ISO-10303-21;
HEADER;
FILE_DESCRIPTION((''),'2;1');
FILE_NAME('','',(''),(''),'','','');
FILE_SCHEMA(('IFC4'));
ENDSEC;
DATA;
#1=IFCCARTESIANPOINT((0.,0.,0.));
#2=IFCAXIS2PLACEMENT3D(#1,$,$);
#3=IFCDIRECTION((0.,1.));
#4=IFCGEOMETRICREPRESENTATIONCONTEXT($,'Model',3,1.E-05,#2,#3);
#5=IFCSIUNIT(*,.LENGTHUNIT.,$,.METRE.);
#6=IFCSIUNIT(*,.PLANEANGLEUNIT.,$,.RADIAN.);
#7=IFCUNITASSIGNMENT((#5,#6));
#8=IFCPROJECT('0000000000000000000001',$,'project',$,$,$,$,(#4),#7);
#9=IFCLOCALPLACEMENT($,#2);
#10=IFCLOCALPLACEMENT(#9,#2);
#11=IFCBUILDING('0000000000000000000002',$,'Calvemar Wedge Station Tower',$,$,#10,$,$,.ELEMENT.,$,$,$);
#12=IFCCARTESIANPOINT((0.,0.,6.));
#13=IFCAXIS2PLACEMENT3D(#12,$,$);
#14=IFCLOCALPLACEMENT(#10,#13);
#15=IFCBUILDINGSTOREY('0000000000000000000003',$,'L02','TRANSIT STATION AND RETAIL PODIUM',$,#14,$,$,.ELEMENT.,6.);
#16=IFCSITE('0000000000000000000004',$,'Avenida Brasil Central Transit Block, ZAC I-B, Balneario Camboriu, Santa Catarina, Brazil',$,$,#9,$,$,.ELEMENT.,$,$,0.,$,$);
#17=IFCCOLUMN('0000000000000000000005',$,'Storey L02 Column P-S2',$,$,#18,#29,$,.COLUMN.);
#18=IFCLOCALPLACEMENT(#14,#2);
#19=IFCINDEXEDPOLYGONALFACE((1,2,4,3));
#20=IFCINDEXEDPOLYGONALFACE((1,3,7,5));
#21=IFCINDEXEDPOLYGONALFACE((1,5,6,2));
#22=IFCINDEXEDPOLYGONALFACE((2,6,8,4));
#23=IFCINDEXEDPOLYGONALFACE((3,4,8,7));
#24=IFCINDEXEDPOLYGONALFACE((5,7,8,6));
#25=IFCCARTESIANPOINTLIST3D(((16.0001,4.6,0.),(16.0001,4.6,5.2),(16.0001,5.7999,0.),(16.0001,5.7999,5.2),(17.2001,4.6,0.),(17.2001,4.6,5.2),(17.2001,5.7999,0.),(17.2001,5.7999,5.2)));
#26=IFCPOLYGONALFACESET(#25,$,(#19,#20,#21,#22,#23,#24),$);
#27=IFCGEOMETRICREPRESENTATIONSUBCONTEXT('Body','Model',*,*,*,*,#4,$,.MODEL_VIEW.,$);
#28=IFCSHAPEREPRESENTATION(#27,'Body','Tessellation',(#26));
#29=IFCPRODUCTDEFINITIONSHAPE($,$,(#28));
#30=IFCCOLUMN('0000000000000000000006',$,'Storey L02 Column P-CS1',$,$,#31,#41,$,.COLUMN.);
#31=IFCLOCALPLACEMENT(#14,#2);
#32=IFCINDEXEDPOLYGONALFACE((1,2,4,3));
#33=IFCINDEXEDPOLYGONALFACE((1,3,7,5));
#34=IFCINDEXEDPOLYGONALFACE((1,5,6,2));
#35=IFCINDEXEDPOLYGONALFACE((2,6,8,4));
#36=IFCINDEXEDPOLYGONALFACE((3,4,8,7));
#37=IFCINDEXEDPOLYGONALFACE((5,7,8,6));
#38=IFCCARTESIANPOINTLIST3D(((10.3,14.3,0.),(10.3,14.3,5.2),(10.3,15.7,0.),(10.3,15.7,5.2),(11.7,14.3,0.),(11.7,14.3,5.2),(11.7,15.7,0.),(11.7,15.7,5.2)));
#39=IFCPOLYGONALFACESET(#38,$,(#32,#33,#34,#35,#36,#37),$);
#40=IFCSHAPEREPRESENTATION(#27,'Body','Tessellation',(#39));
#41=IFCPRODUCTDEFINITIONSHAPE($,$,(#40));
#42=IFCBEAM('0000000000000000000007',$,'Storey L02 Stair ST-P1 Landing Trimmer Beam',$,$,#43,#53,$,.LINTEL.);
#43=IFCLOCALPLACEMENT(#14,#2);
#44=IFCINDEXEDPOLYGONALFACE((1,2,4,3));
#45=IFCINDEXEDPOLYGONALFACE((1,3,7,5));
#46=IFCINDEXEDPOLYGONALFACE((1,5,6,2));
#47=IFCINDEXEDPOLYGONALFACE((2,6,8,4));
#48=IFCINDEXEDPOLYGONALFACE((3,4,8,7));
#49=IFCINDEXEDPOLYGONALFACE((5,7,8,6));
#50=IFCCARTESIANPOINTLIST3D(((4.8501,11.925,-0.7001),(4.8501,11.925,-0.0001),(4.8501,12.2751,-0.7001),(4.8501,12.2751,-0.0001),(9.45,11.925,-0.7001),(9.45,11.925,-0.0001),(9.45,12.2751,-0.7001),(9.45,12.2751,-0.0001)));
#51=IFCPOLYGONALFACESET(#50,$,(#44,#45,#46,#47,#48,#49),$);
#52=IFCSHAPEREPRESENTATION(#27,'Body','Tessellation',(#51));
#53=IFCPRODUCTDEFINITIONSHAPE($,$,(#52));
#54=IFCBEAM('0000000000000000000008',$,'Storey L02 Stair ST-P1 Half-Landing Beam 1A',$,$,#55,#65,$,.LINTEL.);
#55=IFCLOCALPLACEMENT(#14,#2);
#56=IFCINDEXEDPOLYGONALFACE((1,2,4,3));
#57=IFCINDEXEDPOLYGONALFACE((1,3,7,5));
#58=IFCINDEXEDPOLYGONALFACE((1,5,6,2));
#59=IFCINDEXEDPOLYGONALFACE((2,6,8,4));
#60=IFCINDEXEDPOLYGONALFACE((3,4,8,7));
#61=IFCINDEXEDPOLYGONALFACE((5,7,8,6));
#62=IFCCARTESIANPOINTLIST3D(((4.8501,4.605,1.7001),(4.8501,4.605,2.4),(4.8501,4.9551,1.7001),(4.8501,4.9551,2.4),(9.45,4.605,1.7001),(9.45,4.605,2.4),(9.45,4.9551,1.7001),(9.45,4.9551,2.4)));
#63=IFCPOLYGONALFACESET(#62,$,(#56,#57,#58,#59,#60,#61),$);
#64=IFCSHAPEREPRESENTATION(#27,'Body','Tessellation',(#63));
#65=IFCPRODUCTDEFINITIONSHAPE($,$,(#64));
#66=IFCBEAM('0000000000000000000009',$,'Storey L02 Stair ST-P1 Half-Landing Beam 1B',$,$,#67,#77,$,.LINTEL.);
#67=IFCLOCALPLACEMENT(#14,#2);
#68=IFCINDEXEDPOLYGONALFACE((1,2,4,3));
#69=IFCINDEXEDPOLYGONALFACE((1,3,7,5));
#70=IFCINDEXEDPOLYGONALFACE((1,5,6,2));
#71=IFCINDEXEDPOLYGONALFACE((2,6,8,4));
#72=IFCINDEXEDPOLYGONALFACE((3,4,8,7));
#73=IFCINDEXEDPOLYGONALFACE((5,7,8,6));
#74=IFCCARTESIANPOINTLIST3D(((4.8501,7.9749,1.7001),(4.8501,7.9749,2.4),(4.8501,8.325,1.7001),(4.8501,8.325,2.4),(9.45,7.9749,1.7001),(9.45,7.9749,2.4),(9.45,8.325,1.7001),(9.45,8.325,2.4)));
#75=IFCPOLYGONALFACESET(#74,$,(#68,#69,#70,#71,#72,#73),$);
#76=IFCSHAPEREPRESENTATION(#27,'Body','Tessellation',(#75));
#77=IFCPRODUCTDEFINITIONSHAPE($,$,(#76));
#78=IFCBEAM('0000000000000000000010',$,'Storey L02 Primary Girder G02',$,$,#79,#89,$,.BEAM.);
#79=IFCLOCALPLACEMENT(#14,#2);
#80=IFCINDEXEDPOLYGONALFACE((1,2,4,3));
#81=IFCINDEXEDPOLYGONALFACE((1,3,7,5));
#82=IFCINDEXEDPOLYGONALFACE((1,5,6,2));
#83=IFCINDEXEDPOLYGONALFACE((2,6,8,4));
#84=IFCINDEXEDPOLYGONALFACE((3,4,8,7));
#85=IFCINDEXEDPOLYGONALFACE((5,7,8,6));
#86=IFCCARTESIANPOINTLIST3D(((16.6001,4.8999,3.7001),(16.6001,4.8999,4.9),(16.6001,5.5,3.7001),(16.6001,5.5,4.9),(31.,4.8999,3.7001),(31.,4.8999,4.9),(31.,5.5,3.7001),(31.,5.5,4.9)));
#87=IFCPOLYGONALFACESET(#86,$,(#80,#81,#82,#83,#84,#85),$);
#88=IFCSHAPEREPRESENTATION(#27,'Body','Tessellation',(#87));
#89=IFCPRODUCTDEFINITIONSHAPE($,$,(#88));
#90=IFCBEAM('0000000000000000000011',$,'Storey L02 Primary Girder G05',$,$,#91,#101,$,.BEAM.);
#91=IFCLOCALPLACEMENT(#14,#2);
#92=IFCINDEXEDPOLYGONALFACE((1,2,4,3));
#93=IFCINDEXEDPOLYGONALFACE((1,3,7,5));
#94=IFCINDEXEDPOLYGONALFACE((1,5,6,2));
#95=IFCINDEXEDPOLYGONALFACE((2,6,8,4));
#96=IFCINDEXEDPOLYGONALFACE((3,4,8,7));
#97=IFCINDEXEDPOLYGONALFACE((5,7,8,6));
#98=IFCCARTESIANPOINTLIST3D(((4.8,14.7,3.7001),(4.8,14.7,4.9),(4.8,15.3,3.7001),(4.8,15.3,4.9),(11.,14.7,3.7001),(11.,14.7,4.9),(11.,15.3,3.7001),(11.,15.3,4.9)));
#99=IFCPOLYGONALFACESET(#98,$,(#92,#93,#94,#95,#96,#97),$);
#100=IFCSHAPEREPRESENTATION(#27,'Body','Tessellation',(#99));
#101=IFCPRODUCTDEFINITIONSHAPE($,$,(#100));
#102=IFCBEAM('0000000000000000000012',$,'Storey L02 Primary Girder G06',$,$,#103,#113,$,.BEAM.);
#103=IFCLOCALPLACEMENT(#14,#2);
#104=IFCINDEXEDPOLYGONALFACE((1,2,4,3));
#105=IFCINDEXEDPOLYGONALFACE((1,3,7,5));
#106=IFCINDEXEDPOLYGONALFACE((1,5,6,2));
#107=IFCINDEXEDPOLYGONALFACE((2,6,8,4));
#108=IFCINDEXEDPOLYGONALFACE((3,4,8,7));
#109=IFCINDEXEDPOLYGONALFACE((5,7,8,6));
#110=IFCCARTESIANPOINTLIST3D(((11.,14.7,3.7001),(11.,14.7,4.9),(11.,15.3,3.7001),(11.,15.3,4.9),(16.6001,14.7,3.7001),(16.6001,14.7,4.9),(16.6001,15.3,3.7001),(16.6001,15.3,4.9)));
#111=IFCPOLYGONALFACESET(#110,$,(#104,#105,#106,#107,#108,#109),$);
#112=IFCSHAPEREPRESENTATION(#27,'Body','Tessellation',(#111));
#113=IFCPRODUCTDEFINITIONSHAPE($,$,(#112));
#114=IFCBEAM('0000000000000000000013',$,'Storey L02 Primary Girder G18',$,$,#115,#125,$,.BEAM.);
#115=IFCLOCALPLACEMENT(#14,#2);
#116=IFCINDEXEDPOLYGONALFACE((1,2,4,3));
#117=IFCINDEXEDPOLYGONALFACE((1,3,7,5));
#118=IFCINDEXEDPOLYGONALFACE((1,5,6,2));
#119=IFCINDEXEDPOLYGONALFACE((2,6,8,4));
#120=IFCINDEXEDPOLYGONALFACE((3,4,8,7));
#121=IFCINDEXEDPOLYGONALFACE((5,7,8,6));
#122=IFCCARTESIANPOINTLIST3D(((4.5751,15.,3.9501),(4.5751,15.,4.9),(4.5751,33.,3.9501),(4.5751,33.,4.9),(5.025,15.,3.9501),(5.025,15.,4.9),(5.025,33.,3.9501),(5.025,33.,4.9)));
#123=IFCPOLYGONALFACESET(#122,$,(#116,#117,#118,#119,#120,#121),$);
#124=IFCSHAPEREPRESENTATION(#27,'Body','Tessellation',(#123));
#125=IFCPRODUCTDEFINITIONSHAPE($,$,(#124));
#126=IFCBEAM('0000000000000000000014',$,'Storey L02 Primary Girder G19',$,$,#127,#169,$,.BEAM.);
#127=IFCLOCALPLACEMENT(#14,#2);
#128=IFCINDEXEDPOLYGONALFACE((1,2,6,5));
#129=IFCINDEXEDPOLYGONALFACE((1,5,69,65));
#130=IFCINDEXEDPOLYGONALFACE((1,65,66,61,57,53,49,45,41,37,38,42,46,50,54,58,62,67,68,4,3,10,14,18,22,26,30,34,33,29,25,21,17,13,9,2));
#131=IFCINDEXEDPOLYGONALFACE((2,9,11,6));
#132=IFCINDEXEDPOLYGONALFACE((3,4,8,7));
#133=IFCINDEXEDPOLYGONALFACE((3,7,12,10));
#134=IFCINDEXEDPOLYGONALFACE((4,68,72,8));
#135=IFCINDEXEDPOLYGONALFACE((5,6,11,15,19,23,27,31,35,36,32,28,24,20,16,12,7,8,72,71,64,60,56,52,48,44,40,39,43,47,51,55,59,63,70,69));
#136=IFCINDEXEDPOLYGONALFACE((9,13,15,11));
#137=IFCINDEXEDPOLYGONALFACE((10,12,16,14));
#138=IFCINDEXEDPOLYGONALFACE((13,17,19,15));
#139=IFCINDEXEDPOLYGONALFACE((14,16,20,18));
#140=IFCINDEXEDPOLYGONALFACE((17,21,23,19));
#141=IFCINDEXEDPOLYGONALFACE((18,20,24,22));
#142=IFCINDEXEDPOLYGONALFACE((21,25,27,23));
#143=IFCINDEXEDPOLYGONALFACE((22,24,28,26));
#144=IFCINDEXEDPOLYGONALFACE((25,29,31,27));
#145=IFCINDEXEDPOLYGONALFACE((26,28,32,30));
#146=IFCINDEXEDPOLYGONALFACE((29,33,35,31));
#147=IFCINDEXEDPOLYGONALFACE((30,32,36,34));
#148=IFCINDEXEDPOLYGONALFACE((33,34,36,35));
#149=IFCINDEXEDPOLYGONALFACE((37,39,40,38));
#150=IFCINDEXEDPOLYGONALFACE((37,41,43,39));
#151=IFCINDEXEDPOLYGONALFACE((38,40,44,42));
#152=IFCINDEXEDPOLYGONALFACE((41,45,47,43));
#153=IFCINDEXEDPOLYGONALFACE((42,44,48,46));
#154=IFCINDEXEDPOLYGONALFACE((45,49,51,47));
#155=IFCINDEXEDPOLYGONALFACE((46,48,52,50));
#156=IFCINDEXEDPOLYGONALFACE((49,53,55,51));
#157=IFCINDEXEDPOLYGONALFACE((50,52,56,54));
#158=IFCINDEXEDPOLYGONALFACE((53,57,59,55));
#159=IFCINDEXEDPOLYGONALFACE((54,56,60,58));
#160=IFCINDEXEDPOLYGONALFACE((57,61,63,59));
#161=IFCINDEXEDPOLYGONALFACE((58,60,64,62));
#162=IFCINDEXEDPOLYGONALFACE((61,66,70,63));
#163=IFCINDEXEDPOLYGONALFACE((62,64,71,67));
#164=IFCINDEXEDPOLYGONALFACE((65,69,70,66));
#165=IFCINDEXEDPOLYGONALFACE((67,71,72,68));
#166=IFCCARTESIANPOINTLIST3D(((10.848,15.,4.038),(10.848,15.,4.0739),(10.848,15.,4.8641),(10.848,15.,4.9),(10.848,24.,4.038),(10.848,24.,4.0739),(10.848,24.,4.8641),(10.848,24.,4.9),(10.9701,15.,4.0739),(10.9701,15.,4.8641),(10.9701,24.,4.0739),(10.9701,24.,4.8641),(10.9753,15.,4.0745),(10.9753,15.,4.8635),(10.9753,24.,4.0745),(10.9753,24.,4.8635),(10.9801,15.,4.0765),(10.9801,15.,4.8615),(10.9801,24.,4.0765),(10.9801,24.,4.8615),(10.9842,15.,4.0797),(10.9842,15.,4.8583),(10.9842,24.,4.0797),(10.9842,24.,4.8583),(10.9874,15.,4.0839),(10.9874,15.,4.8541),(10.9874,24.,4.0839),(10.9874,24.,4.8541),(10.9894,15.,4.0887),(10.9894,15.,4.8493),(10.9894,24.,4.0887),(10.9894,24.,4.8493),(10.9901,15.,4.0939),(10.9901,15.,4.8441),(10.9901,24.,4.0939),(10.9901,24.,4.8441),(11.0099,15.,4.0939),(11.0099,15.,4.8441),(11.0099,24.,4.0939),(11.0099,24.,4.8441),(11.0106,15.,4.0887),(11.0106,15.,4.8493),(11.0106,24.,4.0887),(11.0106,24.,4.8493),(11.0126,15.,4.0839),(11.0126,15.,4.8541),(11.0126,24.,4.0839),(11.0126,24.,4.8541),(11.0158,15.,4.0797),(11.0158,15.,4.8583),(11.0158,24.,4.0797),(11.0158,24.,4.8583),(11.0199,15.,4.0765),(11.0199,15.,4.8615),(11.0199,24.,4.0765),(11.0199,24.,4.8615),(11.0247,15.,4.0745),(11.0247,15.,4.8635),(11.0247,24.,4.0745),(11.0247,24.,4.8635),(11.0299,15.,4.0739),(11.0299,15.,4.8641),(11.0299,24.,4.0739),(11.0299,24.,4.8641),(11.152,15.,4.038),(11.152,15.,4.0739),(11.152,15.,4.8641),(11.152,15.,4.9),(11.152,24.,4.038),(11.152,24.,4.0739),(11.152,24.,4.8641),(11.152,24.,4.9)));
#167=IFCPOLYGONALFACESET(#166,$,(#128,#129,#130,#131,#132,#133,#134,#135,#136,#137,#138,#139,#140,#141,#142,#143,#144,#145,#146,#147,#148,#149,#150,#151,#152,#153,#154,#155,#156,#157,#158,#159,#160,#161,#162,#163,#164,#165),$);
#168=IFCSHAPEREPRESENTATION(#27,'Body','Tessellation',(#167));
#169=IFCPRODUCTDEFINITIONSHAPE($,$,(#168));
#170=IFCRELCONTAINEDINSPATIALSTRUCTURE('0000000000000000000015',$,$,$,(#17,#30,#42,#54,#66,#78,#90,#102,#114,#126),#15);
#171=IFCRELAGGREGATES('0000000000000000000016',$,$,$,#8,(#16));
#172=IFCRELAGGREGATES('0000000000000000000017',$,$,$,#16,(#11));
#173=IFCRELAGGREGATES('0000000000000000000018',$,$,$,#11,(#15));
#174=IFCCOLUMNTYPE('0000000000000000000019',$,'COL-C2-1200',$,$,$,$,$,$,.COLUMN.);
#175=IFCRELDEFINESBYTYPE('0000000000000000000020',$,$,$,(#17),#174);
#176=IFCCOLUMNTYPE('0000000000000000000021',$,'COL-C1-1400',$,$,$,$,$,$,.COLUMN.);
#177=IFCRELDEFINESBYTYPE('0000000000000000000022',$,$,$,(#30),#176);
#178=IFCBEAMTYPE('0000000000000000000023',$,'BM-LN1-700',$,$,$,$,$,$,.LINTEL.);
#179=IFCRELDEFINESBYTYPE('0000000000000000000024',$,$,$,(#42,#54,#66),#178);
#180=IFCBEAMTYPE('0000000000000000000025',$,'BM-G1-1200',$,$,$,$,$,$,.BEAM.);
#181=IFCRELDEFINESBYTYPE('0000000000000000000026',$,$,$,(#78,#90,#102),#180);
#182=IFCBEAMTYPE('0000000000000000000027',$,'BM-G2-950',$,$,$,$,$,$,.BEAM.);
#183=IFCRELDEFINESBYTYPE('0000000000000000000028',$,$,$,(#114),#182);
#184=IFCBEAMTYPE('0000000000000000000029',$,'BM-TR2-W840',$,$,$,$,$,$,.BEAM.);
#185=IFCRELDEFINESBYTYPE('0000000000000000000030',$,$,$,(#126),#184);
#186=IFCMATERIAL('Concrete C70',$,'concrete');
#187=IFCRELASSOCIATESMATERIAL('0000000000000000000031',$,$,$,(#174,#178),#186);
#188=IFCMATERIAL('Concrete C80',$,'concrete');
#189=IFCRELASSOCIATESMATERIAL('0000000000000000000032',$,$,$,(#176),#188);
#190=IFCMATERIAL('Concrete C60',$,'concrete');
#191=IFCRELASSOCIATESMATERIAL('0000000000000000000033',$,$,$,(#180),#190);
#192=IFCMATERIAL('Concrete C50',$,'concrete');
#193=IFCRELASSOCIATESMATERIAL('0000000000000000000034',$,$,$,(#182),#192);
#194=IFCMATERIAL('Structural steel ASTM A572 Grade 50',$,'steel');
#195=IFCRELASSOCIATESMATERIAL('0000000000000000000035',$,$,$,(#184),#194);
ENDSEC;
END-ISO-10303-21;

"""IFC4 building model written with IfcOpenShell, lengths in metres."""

from ifc_helpers import new_model, si_unit, direction, frame, origin, origin_2d, place, context, subcontext, project, spatial, rectangle, i_section, extrude, source, transform, mapped, material, material_profile, profile_set, type_object, element, save


model = new_model("IFC4")

# Units and contexts
model_context = context("Model", 3, precision=1e-05, world=origin(), true_north=direction((0.0, 1.0)))
body_context = subcontext(model_context, "Body", "Model", "MODEL_VIEW")
ifc_project = project(units=[si_unit("LENGTHUNIT", "METRE"), si_unit("PLANEANGLEUNIT", "RADIAN")], contexts=[model_context])

# Site, building, storey
site_placement = place(None, origin())
site = spatial("IfcSite", under=ifc_project, at=site_placement, Name="Avenida Brasil Central Transit Block, ZAC I-B, Balneario Camboriu, Santa Catarina, Brazil", CompositionType="ELEMENT", RefElevation=0.0)
building_placement = place(site_placement, origin())
building = spatial("IfcBuilding", under=site, at=building_placement, Name="Calvemar Wedge Station Tower", CompositionType="ELEMENT")
storey_placement = place(building_placement, frame((0.0, 0.0, 6.0)))
storey = spatial("IfcBuildingStorey", under=building, at=storey_placement, Name="L02", Description="TRANSIT STATION AND RETAIL PODIUM", CompositionType="ELEMENT", Elevation=6.0)

# Columns
ifc_material_1 = material(Name="Concrete C70", Category="concrete")
ifc_material_profile_1 = material_profile(ifc_material_1, rectangle(XDim=1.2, YDim=1.2, at=origin_2d()), Name="RC1200x1200")
ifc_profile_set_1 = profile_set([ifc_material_profile_1], Name="Concrete C70")
column_type_1 = type_object("IfcColumnType", Name="COL-C2-1200", PredefinedType="COLUMN", material=ifc_profile_set_1)
shared_shape_1 = source(origin(), body_context, "Body", "SweptSolid", [
    extrude(rectangle(XDim=1.2, YDim=1.2, at=origin_2d()), origin(), (0.0, 0.0, 1.0), 5.2),
])
column_1_placement = place(storey_placement, frame((16.6001, 5.2, 0.0), z_axis=(0.0, 0.0, 1.0), x_axis=(1.0, 0.0, 0.0)))
element("IfcColumn", 1, at=column_1_placement, inside=storey, type_object=column_type_1, Name="Storey L02 Column P-S2", PredefinedType="COLUMN", context=body_context, shape_type="MappedRepresentation", body=[
    mapped(shared_shape_1, transform((0.0, 0.0, 0.0), scale=1.0)),
])
ifc_material_2 = material(Name="Concrete C80", Category="concrete")
ifc_material_profile_2 = material_profile(ifc_material_2, rectangle(XDim=1.3999, YDim=1.3999, at=origin_2d()), Name="RC1400x1400")
ifc_profile_set_2 = profile_set([ifc_material_profile_2], Name="Concrete C80")
column_type_2 = type_object("IfcColumnType", Name="COL-C1-1400", PredefinedType="COLUMN", material=ifc_profile_set_2)
shared_shape_2 = source(origin(), body_context, "Body", "SweptSolid", [
    extrude(rectangle(XDim=1.3999, YDim=1.3999, at=origin_2d()), origin(), (0.0, 0.0, 1.0), 5.2),
])
column_2_placement = place(storey_placement, frame((11.0, 15.0, 0.0), z_axis=(0.0, 0.0, 1.0), x_axis=(1.0, 0.0, 0.0)))
element("IfcColumn", 2, at=column_2_placement, inside=storey, type_object=column_type_2, Name="Storey L02 Column P-CS1", PredefinedType="COLUMN", context=body_context, shape_type="MappedRepresentation", body=[
    mapped(shared_shape_2, transform((0.0, 0.0, 0.0), scale=1.0)),
])

# Beams
ifc_material_profile_3 = material_profile(ifc_material_1, rectangle(XDim=0.3501, YDim=0.7, at=origin_2d()), Name="RC350x700")
ifc_profile_set_3 = profile_set([ifc_material_profile_3], Name="Concrete C70")
beam_type_1 = type_object("IfcBeamType", Name="BM-LN1-700", PredefinedType="LINTEL", material=ifc_profile_set_3)
shared_shape_3 = source(origin(), body_context, "Body", "SweptSolid", [
    extrude(rectangle(XDim=0.3501, YDim=0.7, at=origin_2d()), origin(), (0.0, 0.0, 1.0), 4.5999),
])
for number, where, z_axis, x_axis, name in (
    (3, (4.8501, 12.1001, -0.3501), (1.0, 0.0, 0.0), (0.0, 1.0, 0.0), "Storey L02 Stair ST-P1 Landing Trimmer Beam"),
    (4, (4.8501, 4.78, 2.05), (1.0, 0.0, 0.0), (0.0, 1.0, 0.0), "Storey L02 Stair ST-P1 Half-Landing Beam 1A"),
    (5, (4.8501, 8.1499, 2.05), (1.0, 0.0, 0.0), (0.0, 1.0, 0.0), "Storey L02 Stair ST-P1 Half-Landing Beam 1B"),
):
    element("IfcBeam", number, at=place(storey_placement, frame(where, z_axis=z_axis, x_axis=x_axis)), inside=storey, type_object=beam_type_1, Name=name, PredefinedType="LINTEL", context=body_context, shape_type="MappedRepresentation", body=[
        mapped(shared_shape_3, transform((0.0, 0.0, 0.0), scale=1.0)),
    ])
ifc_material_3 = material(Name="Concrete C60", Category="concrete")
ifc_material_profile_4 = material_profile(ifc_material_3, rectangle(XDim=0.6001, YDim=1.2, at=origin_2d()), Name="RC600x1200")
ifc_profile_set_4 = profile_set([ifc_material_profile_4], Name="Concrete C60")
beam_type_2 = type_object("IfcBeamType", Name="BM-G1-1200", PredefinedType="BEAM", material=ifc_profile_set_4)
shared_shape_4 = source(origin(), body_context, "Body", "SweptSolid", [
    extrude(rectangle(XDim=0.6001, YDim=1.2, at=origin_2d()), origin(), (0.0, 0.0, 1.0), 14.3999),
])
beam_1_placement = place(storey_placement, frame((16.6001, 5.2, 4.3), z_axis=(1.0, 0.0, 0.0), x_axis=(0.0, 1.0, 0.0)))
element("IfcBeam", 6, at=beam_1_placement, inside=storey, type_object=beam_type_2, Name="Storey L02 Primary Girder G02", PredefinedType="BEAM", context=body_context, shape_type="MappedRepresentation", body=[
    mapped(shared_shape_4, transform((0.0, 0.0, 0.0), scale=1.0)),
])
shared_shape_5 = source(origin(), body_context, "Body", "SweptSolid", [
    extrude(rectangle(XDim=0.6001, YDim=1.2, at=origin_2d()), origin(), (0.0, 0.0, 1.0), 6.2),
])
beam_2_placement = place(storey_placement, frame((4.8, 15.0, 4.3), z_axis=(1.0, 0.0, 0.0), x_axis=(0.0, 1.0, 0.0)))
element("IfcBeam", 7, at=beam_2_placement, inside=storey, type_object=beam_type_2, Name="Storey L02 Primary Girder G05", PredefinedType="BEAM", context=body_context, shape_type="MappedRepresentation", body=[
    mapped(shared_shape_5, transform((0.0, 0.0, 0.0), scale=1.0)),
])
shared_shape_6 = source(origin(), body_context, "Body", "SweptSolid", [
    extrude(rectangle(XDim=0.6001, YDim=1.2, at=origin_2d()), origin(), (0.0, 0.0, 1.0), 5.6001),
])
beam_3_placement = place(storey_placement, frame((11.0, 15.0, 4.3), z_axis=(1.0, 0.0, 0.0), x_axis=(0.0, 1.0, 0.0)))
element("IfcBeam", 8, at=beam_3_placement, inside=storey, type_object=beam_type_2, Name="Storey L02 Primary Girder G06", PredefinedType="BEAM", context=body_context, shape_type="MappedRepresentation", body=[
    mapped(shared_shape_6, transform((0.0, 0.0, 0.0), scale=1.0)),
])
ifc_material_4 = material(Name="Concrete C50", Category="concrete")
ifc_material_profile_5 = material_profile(ifc_material_4, rectangle(XDim=0.45, YDim=0.95, at=origin_2d()), Name="RC450x950")
ifc_profile_set_5 = profile_set([ifc_material_profile_5], Name="Concrete C50")
beam_type_3 = type_object("IfcBeamType", Name="BM-G2-950", PredefinedType="BEAM", material=ifc_profile_set_5)
shared_shape_7 = source(origin(), body_context, "Body", "SweptSolid", [
    extrude(rectangle(XDim=0.45, YDim=0.95, at=origin_2d()), origin(), (0.0, 0.0, 1.0), 18.0),
])
beam_4_placement = place(storey_placement, frame((4.8, 15.0, 4.425), z_axis=(0.0, 1.0, 0.0), x_axis=(-1.0, 0.0, 0.0)))
element("IfcBeam", 9, at=beam_4_placement, inside=storey, type_object=beam_type_3, Name="Storey L02 Primary Girder G18", PredefinedType="BEAM", context=body_context, shape_type="MappedRepresentation", body=[
    mapped(shared_shape_7, transform((0.0, 0.0, 0.0), scale=1.0)),
])
ifc_material_5 = material(Name="Structural steel ASTM A572 Grade 50", Category="steel")
ifc_material_profile_6 = material_profile(ifc_material_5, i_section(OverallWidth=0.304, OverallDepth=0.8621, WebThickness=0.0198, FlangeThickness=0.0359, FilletRadius=0.02, at=origin_2d()), Name="W840x329")
ifc_profile_set_6 = profile_set([ifc_material_profile_6], Name="Structural steel ASTM A572 Grade 50")
beam_type_4 = type_object("IfcBeamType", Name="BM-TR2-W840", PredefinedType="BEAM", material=ifc_profile_set_6)
shared_shape_8 = source(origin(), body_context, "Body", "SweptSolid", [
    extrude(i_section(OverallWidth=0.304, OverallDepth=0.8621, WebThickness=0.0198, FlangeThickness=0.0359, FilletRadius=0.02, at=origin_2d()), origin(), (0.0, 0.0, 1.0), 9.0),
])
beam_5_placement = place(storey_placement, frame((11.0, 15.0, 4.469), z_axis=(0.0, 1.0, 0.0), x_axis=(-1.0, 0.0, 0.0)))
element("IfcBeam", 10, at=beam_5_placement, inside=storey, type_object=beam_type_4, Name="Storey L02 Primary Girder G19", PredefinedType="BEAM", context=body_context, shape_type="MappedRepresentation", body=[
    mapped(shared_shape_8, transform((0.0, 0.0, 0.0), scale=1.0)),
])

save(model, "model.ifc")
